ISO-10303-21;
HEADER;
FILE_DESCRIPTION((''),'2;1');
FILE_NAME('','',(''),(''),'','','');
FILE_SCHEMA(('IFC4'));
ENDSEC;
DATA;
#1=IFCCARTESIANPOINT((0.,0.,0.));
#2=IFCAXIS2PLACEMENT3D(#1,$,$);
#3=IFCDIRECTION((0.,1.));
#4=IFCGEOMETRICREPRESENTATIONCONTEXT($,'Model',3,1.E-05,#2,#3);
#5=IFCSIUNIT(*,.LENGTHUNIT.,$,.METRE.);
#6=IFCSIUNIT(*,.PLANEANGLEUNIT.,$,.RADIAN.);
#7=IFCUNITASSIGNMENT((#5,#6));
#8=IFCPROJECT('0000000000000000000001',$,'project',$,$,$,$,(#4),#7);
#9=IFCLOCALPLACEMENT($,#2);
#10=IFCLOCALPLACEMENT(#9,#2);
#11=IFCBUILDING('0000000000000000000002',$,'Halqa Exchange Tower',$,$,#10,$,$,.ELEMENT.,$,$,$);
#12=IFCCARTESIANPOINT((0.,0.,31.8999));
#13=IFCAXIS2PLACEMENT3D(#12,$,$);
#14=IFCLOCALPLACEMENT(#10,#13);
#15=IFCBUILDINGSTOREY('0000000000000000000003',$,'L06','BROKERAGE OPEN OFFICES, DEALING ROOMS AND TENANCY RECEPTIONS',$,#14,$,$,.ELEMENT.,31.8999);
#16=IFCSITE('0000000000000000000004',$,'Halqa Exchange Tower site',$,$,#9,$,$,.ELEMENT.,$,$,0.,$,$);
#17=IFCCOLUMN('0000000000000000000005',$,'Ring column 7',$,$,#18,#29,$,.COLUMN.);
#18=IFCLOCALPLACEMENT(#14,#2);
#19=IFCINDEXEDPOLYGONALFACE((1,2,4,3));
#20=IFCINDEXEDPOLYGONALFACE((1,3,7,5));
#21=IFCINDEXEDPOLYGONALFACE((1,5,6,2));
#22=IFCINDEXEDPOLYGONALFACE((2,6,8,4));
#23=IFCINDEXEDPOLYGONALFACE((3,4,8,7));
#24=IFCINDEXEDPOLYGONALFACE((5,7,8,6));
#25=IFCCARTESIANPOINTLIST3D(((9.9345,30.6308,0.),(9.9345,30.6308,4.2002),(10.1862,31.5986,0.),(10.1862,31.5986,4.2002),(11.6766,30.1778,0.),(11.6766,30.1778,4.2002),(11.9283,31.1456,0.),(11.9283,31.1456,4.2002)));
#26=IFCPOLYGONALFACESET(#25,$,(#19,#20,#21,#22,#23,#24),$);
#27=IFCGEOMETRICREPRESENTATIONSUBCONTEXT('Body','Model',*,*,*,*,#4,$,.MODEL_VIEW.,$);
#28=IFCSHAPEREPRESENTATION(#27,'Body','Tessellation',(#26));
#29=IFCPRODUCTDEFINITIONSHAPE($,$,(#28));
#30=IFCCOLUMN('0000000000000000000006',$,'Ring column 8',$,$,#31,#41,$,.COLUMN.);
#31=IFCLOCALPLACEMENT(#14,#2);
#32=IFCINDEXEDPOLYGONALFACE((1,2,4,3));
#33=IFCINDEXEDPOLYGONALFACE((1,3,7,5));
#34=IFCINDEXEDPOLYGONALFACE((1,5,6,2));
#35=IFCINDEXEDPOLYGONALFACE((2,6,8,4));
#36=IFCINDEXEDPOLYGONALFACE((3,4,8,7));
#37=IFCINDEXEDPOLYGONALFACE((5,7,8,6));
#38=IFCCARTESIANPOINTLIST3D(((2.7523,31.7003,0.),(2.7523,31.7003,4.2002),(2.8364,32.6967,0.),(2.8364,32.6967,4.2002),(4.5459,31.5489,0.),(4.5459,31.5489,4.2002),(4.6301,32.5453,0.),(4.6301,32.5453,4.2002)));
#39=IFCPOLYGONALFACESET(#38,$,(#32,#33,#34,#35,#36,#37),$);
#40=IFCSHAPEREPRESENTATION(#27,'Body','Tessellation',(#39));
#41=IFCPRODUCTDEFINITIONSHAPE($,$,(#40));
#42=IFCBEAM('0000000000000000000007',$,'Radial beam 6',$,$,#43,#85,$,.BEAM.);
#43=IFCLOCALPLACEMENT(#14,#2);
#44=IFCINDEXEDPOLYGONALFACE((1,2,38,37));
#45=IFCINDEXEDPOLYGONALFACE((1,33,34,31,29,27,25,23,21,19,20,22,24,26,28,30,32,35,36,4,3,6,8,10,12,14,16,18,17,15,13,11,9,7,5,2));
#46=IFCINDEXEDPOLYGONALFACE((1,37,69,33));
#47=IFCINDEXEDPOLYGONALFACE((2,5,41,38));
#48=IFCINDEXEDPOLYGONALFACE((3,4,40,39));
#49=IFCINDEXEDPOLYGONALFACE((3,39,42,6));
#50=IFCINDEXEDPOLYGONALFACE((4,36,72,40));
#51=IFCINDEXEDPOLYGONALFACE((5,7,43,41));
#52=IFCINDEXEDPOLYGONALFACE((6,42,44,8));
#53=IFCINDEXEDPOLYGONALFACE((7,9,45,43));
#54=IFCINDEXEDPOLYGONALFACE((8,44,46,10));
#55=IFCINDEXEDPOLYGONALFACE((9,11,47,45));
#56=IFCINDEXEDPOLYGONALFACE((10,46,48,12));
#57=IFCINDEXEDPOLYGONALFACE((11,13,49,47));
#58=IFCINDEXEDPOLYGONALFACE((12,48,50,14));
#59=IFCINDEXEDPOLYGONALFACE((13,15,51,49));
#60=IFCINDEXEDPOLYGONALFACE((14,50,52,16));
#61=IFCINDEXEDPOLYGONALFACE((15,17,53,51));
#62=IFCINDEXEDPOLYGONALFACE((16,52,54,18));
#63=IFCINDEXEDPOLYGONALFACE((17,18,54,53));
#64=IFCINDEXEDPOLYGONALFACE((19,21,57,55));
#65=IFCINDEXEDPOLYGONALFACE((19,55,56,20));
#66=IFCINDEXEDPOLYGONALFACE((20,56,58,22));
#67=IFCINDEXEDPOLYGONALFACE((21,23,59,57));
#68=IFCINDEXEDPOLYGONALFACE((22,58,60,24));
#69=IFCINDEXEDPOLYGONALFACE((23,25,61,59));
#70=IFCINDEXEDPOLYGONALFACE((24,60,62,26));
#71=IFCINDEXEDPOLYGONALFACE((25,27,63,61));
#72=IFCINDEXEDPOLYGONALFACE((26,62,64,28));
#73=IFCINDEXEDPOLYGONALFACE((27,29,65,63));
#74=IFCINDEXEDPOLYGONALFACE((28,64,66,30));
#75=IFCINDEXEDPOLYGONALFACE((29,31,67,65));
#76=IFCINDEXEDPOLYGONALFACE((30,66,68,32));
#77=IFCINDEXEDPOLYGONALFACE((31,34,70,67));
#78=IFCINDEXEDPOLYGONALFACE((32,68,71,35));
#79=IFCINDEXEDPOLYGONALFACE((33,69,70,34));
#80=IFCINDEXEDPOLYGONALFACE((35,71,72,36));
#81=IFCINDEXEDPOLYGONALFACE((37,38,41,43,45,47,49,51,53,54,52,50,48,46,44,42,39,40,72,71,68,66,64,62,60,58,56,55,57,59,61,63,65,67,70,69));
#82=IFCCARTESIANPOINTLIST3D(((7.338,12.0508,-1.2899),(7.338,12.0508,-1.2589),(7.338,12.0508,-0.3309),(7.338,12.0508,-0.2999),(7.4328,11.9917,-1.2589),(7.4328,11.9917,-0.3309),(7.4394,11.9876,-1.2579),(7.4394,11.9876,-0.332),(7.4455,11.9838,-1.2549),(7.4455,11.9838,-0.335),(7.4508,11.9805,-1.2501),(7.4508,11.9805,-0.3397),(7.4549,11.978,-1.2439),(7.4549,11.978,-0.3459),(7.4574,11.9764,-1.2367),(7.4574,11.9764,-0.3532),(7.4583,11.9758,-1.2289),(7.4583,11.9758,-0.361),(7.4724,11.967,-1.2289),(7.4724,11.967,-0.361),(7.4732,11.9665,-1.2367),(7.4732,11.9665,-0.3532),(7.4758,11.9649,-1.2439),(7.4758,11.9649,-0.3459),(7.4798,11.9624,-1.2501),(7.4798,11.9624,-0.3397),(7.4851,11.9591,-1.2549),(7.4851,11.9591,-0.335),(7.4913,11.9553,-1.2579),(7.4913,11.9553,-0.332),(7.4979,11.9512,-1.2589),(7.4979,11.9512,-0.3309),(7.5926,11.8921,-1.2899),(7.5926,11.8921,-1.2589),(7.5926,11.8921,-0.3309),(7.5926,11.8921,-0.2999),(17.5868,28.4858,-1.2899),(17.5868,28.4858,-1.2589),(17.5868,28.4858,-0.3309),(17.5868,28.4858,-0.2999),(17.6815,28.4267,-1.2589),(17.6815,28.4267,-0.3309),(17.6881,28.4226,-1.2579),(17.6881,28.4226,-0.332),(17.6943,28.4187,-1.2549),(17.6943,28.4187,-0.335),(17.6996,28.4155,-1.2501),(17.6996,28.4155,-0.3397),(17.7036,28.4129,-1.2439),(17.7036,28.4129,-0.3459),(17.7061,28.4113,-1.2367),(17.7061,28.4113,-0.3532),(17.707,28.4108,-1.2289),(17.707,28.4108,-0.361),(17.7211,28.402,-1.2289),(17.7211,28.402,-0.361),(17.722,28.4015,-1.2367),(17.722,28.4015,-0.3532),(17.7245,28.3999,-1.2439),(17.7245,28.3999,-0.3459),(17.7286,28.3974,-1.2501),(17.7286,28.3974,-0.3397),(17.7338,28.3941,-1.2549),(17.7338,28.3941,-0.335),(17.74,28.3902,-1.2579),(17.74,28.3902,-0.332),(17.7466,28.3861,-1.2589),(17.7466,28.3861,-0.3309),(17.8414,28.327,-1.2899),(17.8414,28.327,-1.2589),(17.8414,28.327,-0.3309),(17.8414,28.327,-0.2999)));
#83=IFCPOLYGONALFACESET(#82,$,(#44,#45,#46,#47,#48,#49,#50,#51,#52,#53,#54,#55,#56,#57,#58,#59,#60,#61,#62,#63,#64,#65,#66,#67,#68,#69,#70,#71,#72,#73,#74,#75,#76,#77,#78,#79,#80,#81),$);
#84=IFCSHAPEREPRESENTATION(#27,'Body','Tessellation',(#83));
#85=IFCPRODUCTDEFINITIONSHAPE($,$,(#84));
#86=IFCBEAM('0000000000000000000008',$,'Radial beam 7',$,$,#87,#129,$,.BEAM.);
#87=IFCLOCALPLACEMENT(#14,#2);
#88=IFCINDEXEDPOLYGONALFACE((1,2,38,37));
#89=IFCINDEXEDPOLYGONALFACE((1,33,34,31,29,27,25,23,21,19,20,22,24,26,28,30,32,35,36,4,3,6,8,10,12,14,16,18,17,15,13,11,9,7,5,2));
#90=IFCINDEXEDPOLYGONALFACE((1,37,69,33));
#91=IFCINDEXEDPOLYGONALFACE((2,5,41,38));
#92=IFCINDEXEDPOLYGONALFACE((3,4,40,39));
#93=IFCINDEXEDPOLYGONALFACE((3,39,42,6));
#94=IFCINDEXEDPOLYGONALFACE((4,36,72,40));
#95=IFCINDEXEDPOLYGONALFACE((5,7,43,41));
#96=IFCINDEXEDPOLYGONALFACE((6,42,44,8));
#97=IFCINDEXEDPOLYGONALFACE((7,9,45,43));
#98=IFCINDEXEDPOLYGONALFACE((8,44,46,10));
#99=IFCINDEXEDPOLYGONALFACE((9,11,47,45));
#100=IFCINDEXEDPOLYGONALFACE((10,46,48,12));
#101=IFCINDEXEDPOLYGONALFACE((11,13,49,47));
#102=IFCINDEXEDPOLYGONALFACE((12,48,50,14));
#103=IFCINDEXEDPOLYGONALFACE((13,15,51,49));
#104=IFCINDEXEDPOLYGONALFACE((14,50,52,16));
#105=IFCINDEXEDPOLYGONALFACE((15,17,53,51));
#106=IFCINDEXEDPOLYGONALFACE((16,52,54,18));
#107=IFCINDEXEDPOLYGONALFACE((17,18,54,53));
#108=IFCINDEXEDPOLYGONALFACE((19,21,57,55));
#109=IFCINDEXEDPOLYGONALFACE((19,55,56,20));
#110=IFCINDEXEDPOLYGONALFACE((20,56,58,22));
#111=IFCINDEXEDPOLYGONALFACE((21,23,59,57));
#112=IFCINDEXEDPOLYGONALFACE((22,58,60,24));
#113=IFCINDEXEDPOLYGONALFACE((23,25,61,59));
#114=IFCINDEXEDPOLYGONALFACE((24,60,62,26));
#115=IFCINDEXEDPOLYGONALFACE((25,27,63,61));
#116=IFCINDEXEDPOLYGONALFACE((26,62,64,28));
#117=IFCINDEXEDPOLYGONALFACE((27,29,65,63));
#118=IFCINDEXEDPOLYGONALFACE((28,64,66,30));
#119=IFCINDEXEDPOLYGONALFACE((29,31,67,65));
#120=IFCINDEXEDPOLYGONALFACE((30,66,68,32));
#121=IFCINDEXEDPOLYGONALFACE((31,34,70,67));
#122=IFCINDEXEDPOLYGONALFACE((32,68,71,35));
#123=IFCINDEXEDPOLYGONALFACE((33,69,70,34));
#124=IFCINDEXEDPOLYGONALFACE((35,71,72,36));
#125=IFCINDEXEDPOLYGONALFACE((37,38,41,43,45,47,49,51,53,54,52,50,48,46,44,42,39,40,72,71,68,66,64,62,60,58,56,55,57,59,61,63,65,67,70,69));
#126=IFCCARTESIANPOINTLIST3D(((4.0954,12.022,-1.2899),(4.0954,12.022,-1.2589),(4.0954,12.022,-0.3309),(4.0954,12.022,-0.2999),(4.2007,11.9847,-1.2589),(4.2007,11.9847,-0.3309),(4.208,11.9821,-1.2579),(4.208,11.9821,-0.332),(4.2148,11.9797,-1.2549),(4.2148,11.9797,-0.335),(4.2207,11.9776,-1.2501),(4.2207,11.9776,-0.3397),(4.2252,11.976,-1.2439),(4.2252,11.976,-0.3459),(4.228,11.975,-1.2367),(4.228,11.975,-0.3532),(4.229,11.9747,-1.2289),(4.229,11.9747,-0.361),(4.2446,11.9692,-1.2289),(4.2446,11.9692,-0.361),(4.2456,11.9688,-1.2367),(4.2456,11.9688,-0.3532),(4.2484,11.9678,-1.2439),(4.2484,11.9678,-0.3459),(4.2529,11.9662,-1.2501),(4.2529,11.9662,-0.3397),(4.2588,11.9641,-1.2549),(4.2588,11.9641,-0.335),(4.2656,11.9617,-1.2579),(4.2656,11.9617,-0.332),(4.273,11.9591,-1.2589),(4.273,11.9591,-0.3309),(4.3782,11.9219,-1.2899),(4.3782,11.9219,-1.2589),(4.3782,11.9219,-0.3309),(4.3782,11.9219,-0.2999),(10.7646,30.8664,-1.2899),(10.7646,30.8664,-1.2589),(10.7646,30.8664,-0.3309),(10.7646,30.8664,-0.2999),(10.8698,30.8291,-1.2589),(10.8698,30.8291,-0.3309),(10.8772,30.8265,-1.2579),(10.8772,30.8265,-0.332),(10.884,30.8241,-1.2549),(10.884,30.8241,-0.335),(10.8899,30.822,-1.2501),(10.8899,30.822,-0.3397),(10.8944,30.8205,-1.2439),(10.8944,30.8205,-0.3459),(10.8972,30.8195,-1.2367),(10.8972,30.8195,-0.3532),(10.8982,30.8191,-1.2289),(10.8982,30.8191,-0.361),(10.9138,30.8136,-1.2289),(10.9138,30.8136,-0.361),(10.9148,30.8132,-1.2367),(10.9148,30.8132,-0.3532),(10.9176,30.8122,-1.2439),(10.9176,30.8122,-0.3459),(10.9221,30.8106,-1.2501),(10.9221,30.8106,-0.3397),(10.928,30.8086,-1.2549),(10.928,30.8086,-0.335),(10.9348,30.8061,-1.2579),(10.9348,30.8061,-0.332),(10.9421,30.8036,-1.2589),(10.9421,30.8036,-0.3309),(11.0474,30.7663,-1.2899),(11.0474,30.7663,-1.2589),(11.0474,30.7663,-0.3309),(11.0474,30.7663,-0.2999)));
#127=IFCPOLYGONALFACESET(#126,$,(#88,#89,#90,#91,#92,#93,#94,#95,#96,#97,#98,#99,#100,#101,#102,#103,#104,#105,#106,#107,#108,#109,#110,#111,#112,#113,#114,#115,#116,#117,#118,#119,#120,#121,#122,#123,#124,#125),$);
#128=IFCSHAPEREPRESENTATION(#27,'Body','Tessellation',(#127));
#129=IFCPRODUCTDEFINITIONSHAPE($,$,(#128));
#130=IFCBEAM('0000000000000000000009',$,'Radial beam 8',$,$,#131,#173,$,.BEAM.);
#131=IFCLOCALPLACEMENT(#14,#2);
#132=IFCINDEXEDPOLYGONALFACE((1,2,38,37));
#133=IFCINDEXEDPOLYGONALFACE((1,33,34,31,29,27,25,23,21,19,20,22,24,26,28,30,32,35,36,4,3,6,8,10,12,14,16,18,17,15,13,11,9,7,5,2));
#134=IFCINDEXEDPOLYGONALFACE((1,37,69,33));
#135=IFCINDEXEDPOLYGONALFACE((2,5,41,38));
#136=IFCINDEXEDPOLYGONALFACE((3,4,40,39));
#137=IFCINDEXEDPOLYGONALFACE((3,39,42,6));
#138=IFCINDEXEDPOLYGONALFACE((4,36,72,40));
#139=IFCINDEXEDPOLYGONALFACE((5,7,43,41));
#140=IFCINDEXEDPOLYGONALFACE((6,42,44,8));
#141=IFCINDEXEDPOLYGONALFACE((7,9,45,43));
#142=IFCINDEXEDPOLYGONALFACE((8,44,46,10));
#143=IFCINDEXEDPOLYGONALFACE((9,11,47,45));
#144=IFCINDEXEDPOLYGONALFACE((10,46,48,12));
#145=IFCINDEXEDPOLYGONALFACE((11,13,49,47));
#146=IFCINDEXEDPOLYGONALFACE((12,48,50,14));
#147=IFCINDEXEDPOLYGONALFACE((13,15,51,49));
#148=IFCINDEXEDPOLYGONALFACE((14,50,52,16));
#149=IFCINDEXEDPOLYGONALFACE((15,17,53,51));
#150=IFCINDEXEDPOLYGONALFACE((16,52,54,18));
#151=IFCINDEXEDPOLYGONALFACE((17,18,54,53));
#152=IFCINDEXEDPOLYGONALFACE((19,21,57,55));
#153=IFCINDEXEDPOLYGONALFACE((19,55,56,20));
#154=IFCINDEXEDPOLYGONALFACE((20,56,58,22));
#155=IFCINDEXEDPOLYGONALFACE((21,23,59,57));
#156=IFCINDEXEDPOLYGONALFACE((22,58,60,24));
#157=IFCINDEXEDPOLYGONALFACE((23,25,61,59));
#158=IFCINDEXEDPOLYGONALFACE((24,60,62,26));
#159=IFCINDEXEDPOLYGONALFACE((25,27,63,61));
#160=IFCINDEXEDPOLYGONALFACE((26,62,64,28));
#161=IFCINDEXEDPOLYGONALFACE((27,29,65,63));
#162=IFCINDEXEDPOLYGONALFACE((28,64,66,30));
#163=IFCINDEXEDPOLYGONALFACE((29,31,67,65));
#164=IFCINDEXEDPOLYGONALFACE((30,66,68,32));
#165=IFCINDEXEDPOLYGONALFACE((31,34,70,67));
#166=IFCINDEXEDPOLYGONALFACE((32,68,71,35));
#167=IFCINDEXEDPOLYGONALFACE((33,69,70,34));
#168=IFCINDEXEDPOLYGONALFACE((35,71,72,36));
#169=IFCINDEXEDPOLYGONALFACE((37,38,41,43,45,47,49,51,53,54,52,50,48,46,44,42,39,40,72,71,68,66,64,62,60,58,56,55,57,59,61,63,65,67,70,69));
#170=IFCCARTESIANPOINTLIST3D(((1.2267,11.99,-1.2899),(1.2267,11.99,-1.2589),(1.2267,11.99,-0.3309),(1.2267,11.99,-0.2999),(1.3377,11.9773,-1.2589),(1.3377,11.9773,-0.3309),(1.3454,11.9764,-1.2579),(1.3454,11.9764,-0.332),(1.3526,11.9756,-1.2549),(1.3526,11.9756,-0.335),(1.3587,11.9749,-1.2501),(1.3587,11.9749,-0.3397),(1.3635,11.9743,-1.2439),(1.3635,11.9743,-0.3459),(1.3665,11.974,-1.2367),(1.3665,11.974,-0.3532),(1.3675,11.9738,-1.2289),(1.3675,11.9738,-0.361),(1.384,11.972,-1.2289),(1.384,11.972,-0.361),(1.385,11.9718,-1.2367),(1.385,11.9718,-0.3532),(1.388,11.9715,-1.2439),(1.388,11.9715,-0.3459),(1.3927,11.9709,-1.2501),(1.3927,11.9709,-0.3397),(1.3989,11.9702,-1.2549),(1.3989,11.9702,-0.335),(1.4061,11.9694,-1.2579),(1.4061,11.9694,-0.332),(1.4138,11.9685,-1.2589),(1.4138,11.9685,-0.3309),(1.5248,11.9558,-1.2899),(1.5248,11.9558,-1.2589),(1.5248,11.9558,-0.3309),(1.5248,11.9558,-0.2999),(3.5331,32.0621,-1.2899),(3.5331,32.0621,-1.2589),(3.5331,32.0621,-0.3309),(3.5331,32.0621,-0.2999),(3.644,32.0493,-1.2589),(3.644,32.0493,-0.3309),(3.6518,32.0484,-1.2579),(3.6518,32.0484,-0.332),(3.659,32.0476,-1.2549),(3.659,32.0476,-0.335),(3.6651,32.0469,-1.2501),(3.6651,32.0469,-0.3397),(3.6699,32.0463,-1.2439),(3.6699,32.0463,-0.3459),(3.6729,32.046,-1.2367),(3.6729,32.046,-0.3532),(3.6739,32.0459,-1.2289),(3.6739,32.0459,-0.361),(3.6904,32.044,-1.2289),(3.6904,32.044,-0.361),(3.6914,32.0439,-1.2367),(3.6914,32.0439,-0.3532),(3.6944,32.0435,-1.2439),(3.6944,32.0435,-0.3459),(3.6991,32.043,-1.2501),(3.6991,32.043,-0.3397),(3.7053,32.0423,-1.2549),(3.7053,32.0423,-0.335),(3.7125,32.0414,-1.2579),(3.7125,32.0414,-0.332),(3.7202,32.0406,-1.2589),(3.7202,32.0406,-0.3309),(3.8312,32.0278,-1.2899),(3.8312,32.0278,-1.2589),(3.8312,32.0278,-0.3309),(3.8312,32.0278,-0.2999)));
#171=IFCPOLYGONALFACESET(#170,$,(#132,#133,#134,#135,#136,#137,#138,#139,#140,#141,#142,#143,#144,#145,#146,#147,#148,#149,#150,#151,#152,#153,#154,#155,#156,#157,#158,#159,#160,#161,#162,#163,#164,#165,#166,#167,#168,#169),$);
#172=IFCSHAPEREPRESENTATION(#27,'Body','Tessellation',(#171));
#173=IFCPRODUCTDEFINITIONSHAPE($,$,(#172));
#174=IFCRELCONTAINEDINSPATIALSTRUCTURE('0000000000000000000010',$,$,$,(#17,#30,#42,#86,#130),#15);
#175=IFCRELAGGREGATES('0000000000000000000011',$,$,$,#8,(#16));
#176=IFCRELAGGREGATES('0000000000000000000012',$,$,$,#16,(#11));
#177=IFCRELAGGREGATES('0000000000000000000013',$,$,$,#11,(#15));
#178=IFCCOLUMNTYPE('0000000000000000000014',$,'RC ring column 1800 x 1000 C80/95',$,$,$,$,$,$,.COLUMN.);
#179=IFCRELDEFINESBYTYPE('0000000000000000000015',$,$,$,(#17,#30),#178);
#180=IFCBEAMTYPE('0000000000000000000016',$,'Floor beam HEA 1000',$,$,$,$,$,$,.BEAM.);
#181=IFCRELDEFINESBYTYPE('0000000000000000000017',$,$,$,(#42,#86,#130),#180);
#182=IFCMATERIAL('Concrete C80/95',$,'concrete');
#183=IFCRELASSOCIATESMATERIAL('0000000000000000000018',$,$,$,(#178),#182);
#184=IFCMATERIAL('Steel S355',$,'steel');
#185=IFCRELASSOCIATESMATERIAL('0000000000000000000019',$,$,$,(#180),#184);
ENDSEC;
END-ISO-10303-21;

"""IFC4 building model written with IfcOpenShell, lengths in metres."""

from ifc_helpers import new_model, si_unit, direction, frame, origin, origin_2d, place, context, subcontext, project, spatial, rectangle, i_section, extrude, material, material_profile, profile_set, type_object, element, save


model = new_model("IFC4")

# Units and contexts
model_context = context("Model", 3, precision=1e-05, world=origin(), true_north=direction((0.0, 1.0)))
body_context = subcontext(model_context, "Body", "Model", "MODEL_VIEW")
ifc_project = project(units=[si_unit("LENGTHUNIT", "METRE"), si_unit("PLANEANGLEUNIT", "RADIAN")], contexts=[model_context])

# Site, building, storey
site_placement = place(None, origin())
site = spatial("IfcSite", under=ifc_project, at=site_placement, Name="Halqa Exchange Tower site", CompositionType="ELEMENT", RefElevation=0.0)
building_placement = place(site_placement, origin())
building = spatial("IfcBuilding", under=site, at=building_placement, Name="Halqa Exchange Tower", CompositionType="ELEMENT")
storey_placement = place(building_placement, frame((0.0, 0.0, 31.8999)))
storey = spatial("IfcBuildingStorey", under=building, at=storey_placement, Name="L06", Description="BROKERAGE OPEN OFFICES, DEALING ROOMS AND TENANCY RECEPTIONS", CompositionType="ELEMENT", Elevation=31.8999)

# Columns
ifc_material_1 = material(Name="Concrete C80/95", Category="concrete")
ifc_material_profile_1 = material_profile(ifc_material_1, rectangle(XDim=1.8, YDim=1.0, at=origin_2d()), Name="1800 x 1000")
ifc_profile_set_1 = profile_set([ifc_material_profile_1], Name="Concrete C80/95")
column_type = type_object("IfcColumnType", Name="RC ring column 1800 x 1000 C80/95", PredefinedType="COLUMN", material=ifc_profile_set_1)
for number, where, z_axis, x_axis, name in (
    (1, (10.9314, 30.8882, 0.0), (0.0, 0.0, 1.0), (-0.967819, 0.251647, 0.0), "Ring column 7"),
    (2, (3.6912, 32.1228, 0.0), (0.0, 0.0, 1.0), (-0.996455, 0.084125, 0.0), "Ring column 8"),
):
    element("IfcColumn", number, at=place(storey_placement, frame(where, z_axis=z_axis, x_axis=x_axis)), inside=storey, type_object=column_type, Name=name, PredefinedType="COLUMN", context=body_context, shape_type="SweptSolid", body=[
        extrude(rectangle(XDim=1.8, YDim=1.0, at=origin_2d()), origin(), (0.0, 0.0, 1.0), 4.2002),
    ])

# Beams
ifc_material_2 = material(Name="Steel S355", Category="steel")
ifc_material_profile_2 = material_profile(ifc_material_2, i_section(OverallWidth=0.3, OverallDepth=0.99, WebThickness=0.0166, FlangeThickness=0.031, FilletRadius=0.03, at=origin_2d()), Name="HEA 1000")
ifc_profile_set_2 = profile_set([ifc_material_profile_2], Name="Steel S355")
beam_type_1 = type_object("IfcBeamType", Name="Floor beam HEA 1000", PredefinedType="BEAM", material=ifc_profile_set_2)
beam_1_placement = place(storey_placement, frame((7.4653, 11.9714, -0.7949), z_axis=(0.52914, 0.848535, 0.0), x_axis=(-0.848535, 0.52914, 0.0)))
element("IfcBeam", 3, at=beam_1_placement, inside=storey, type_object=beam_type_1, Name="Radial beam 6", PredefinedType="BEAM", context=body_context, shape_type="SweptSolid", body=[
    extrude(i_section(OverallWidth=0.3, OverallDepth=0.99, WebThickness=0.0166, FlangeThickness=0.031, FilletRadius=0.03, at=origin_2d()), origin(), (0.0, 0.0, 1.0), 19.3687),
])
beam_2_placement = place(storey_placement, frame((4.2368, 11.9719, -0.7949), z_axis=(0.333629, 0.942704, 0.0), x_axis=(-0.942704, 0.333629, 0.0)))
element("IfcBeam", 4, at=beam_2_placement, inside=storey, type_object=beam_type_1, Name="Radial beam 7", PredefinedType="BEAM", context=body_context, shape_type="SweptSolid", body=[
    extrude(i_section(OverallWidth=0.3, OverallDepth=0.99, WebThickness=0.0166, FlangeThickness=0.031, FilletRadius=0.03, at=origin_2d()), origin(), (0.0, 0.0, 1.0), 19.9897),
])
for number, where, z_axis, x_axis, name in (
    (5, (1.3757, 11.9729, -0.7949), (0.114155, 0.993463, 0.0), (-0.993463, 0.114155, 0.0), "Radial beam 8"),
):
    element("IfcBeam", number, at=place(storey_placement, frame(where, z_axis=z_axis, x_axis=x_axis)), inside=storey, type_object=beam_type_1, Name=name, PredefinedType="BEAM", context=body_context, shape_type="SweptSolid", body=[
        extrude(i_section(OverallWidth=0.3, OverallDepth=0.99, WebThickness=0.0166, FlangeThickness=0.031, FilletRadius=0.03, at=origin_2d()), origin(), (0.0, 0.0, 1.0), 20.2041),
    ])

save(model, "model.ifc")
